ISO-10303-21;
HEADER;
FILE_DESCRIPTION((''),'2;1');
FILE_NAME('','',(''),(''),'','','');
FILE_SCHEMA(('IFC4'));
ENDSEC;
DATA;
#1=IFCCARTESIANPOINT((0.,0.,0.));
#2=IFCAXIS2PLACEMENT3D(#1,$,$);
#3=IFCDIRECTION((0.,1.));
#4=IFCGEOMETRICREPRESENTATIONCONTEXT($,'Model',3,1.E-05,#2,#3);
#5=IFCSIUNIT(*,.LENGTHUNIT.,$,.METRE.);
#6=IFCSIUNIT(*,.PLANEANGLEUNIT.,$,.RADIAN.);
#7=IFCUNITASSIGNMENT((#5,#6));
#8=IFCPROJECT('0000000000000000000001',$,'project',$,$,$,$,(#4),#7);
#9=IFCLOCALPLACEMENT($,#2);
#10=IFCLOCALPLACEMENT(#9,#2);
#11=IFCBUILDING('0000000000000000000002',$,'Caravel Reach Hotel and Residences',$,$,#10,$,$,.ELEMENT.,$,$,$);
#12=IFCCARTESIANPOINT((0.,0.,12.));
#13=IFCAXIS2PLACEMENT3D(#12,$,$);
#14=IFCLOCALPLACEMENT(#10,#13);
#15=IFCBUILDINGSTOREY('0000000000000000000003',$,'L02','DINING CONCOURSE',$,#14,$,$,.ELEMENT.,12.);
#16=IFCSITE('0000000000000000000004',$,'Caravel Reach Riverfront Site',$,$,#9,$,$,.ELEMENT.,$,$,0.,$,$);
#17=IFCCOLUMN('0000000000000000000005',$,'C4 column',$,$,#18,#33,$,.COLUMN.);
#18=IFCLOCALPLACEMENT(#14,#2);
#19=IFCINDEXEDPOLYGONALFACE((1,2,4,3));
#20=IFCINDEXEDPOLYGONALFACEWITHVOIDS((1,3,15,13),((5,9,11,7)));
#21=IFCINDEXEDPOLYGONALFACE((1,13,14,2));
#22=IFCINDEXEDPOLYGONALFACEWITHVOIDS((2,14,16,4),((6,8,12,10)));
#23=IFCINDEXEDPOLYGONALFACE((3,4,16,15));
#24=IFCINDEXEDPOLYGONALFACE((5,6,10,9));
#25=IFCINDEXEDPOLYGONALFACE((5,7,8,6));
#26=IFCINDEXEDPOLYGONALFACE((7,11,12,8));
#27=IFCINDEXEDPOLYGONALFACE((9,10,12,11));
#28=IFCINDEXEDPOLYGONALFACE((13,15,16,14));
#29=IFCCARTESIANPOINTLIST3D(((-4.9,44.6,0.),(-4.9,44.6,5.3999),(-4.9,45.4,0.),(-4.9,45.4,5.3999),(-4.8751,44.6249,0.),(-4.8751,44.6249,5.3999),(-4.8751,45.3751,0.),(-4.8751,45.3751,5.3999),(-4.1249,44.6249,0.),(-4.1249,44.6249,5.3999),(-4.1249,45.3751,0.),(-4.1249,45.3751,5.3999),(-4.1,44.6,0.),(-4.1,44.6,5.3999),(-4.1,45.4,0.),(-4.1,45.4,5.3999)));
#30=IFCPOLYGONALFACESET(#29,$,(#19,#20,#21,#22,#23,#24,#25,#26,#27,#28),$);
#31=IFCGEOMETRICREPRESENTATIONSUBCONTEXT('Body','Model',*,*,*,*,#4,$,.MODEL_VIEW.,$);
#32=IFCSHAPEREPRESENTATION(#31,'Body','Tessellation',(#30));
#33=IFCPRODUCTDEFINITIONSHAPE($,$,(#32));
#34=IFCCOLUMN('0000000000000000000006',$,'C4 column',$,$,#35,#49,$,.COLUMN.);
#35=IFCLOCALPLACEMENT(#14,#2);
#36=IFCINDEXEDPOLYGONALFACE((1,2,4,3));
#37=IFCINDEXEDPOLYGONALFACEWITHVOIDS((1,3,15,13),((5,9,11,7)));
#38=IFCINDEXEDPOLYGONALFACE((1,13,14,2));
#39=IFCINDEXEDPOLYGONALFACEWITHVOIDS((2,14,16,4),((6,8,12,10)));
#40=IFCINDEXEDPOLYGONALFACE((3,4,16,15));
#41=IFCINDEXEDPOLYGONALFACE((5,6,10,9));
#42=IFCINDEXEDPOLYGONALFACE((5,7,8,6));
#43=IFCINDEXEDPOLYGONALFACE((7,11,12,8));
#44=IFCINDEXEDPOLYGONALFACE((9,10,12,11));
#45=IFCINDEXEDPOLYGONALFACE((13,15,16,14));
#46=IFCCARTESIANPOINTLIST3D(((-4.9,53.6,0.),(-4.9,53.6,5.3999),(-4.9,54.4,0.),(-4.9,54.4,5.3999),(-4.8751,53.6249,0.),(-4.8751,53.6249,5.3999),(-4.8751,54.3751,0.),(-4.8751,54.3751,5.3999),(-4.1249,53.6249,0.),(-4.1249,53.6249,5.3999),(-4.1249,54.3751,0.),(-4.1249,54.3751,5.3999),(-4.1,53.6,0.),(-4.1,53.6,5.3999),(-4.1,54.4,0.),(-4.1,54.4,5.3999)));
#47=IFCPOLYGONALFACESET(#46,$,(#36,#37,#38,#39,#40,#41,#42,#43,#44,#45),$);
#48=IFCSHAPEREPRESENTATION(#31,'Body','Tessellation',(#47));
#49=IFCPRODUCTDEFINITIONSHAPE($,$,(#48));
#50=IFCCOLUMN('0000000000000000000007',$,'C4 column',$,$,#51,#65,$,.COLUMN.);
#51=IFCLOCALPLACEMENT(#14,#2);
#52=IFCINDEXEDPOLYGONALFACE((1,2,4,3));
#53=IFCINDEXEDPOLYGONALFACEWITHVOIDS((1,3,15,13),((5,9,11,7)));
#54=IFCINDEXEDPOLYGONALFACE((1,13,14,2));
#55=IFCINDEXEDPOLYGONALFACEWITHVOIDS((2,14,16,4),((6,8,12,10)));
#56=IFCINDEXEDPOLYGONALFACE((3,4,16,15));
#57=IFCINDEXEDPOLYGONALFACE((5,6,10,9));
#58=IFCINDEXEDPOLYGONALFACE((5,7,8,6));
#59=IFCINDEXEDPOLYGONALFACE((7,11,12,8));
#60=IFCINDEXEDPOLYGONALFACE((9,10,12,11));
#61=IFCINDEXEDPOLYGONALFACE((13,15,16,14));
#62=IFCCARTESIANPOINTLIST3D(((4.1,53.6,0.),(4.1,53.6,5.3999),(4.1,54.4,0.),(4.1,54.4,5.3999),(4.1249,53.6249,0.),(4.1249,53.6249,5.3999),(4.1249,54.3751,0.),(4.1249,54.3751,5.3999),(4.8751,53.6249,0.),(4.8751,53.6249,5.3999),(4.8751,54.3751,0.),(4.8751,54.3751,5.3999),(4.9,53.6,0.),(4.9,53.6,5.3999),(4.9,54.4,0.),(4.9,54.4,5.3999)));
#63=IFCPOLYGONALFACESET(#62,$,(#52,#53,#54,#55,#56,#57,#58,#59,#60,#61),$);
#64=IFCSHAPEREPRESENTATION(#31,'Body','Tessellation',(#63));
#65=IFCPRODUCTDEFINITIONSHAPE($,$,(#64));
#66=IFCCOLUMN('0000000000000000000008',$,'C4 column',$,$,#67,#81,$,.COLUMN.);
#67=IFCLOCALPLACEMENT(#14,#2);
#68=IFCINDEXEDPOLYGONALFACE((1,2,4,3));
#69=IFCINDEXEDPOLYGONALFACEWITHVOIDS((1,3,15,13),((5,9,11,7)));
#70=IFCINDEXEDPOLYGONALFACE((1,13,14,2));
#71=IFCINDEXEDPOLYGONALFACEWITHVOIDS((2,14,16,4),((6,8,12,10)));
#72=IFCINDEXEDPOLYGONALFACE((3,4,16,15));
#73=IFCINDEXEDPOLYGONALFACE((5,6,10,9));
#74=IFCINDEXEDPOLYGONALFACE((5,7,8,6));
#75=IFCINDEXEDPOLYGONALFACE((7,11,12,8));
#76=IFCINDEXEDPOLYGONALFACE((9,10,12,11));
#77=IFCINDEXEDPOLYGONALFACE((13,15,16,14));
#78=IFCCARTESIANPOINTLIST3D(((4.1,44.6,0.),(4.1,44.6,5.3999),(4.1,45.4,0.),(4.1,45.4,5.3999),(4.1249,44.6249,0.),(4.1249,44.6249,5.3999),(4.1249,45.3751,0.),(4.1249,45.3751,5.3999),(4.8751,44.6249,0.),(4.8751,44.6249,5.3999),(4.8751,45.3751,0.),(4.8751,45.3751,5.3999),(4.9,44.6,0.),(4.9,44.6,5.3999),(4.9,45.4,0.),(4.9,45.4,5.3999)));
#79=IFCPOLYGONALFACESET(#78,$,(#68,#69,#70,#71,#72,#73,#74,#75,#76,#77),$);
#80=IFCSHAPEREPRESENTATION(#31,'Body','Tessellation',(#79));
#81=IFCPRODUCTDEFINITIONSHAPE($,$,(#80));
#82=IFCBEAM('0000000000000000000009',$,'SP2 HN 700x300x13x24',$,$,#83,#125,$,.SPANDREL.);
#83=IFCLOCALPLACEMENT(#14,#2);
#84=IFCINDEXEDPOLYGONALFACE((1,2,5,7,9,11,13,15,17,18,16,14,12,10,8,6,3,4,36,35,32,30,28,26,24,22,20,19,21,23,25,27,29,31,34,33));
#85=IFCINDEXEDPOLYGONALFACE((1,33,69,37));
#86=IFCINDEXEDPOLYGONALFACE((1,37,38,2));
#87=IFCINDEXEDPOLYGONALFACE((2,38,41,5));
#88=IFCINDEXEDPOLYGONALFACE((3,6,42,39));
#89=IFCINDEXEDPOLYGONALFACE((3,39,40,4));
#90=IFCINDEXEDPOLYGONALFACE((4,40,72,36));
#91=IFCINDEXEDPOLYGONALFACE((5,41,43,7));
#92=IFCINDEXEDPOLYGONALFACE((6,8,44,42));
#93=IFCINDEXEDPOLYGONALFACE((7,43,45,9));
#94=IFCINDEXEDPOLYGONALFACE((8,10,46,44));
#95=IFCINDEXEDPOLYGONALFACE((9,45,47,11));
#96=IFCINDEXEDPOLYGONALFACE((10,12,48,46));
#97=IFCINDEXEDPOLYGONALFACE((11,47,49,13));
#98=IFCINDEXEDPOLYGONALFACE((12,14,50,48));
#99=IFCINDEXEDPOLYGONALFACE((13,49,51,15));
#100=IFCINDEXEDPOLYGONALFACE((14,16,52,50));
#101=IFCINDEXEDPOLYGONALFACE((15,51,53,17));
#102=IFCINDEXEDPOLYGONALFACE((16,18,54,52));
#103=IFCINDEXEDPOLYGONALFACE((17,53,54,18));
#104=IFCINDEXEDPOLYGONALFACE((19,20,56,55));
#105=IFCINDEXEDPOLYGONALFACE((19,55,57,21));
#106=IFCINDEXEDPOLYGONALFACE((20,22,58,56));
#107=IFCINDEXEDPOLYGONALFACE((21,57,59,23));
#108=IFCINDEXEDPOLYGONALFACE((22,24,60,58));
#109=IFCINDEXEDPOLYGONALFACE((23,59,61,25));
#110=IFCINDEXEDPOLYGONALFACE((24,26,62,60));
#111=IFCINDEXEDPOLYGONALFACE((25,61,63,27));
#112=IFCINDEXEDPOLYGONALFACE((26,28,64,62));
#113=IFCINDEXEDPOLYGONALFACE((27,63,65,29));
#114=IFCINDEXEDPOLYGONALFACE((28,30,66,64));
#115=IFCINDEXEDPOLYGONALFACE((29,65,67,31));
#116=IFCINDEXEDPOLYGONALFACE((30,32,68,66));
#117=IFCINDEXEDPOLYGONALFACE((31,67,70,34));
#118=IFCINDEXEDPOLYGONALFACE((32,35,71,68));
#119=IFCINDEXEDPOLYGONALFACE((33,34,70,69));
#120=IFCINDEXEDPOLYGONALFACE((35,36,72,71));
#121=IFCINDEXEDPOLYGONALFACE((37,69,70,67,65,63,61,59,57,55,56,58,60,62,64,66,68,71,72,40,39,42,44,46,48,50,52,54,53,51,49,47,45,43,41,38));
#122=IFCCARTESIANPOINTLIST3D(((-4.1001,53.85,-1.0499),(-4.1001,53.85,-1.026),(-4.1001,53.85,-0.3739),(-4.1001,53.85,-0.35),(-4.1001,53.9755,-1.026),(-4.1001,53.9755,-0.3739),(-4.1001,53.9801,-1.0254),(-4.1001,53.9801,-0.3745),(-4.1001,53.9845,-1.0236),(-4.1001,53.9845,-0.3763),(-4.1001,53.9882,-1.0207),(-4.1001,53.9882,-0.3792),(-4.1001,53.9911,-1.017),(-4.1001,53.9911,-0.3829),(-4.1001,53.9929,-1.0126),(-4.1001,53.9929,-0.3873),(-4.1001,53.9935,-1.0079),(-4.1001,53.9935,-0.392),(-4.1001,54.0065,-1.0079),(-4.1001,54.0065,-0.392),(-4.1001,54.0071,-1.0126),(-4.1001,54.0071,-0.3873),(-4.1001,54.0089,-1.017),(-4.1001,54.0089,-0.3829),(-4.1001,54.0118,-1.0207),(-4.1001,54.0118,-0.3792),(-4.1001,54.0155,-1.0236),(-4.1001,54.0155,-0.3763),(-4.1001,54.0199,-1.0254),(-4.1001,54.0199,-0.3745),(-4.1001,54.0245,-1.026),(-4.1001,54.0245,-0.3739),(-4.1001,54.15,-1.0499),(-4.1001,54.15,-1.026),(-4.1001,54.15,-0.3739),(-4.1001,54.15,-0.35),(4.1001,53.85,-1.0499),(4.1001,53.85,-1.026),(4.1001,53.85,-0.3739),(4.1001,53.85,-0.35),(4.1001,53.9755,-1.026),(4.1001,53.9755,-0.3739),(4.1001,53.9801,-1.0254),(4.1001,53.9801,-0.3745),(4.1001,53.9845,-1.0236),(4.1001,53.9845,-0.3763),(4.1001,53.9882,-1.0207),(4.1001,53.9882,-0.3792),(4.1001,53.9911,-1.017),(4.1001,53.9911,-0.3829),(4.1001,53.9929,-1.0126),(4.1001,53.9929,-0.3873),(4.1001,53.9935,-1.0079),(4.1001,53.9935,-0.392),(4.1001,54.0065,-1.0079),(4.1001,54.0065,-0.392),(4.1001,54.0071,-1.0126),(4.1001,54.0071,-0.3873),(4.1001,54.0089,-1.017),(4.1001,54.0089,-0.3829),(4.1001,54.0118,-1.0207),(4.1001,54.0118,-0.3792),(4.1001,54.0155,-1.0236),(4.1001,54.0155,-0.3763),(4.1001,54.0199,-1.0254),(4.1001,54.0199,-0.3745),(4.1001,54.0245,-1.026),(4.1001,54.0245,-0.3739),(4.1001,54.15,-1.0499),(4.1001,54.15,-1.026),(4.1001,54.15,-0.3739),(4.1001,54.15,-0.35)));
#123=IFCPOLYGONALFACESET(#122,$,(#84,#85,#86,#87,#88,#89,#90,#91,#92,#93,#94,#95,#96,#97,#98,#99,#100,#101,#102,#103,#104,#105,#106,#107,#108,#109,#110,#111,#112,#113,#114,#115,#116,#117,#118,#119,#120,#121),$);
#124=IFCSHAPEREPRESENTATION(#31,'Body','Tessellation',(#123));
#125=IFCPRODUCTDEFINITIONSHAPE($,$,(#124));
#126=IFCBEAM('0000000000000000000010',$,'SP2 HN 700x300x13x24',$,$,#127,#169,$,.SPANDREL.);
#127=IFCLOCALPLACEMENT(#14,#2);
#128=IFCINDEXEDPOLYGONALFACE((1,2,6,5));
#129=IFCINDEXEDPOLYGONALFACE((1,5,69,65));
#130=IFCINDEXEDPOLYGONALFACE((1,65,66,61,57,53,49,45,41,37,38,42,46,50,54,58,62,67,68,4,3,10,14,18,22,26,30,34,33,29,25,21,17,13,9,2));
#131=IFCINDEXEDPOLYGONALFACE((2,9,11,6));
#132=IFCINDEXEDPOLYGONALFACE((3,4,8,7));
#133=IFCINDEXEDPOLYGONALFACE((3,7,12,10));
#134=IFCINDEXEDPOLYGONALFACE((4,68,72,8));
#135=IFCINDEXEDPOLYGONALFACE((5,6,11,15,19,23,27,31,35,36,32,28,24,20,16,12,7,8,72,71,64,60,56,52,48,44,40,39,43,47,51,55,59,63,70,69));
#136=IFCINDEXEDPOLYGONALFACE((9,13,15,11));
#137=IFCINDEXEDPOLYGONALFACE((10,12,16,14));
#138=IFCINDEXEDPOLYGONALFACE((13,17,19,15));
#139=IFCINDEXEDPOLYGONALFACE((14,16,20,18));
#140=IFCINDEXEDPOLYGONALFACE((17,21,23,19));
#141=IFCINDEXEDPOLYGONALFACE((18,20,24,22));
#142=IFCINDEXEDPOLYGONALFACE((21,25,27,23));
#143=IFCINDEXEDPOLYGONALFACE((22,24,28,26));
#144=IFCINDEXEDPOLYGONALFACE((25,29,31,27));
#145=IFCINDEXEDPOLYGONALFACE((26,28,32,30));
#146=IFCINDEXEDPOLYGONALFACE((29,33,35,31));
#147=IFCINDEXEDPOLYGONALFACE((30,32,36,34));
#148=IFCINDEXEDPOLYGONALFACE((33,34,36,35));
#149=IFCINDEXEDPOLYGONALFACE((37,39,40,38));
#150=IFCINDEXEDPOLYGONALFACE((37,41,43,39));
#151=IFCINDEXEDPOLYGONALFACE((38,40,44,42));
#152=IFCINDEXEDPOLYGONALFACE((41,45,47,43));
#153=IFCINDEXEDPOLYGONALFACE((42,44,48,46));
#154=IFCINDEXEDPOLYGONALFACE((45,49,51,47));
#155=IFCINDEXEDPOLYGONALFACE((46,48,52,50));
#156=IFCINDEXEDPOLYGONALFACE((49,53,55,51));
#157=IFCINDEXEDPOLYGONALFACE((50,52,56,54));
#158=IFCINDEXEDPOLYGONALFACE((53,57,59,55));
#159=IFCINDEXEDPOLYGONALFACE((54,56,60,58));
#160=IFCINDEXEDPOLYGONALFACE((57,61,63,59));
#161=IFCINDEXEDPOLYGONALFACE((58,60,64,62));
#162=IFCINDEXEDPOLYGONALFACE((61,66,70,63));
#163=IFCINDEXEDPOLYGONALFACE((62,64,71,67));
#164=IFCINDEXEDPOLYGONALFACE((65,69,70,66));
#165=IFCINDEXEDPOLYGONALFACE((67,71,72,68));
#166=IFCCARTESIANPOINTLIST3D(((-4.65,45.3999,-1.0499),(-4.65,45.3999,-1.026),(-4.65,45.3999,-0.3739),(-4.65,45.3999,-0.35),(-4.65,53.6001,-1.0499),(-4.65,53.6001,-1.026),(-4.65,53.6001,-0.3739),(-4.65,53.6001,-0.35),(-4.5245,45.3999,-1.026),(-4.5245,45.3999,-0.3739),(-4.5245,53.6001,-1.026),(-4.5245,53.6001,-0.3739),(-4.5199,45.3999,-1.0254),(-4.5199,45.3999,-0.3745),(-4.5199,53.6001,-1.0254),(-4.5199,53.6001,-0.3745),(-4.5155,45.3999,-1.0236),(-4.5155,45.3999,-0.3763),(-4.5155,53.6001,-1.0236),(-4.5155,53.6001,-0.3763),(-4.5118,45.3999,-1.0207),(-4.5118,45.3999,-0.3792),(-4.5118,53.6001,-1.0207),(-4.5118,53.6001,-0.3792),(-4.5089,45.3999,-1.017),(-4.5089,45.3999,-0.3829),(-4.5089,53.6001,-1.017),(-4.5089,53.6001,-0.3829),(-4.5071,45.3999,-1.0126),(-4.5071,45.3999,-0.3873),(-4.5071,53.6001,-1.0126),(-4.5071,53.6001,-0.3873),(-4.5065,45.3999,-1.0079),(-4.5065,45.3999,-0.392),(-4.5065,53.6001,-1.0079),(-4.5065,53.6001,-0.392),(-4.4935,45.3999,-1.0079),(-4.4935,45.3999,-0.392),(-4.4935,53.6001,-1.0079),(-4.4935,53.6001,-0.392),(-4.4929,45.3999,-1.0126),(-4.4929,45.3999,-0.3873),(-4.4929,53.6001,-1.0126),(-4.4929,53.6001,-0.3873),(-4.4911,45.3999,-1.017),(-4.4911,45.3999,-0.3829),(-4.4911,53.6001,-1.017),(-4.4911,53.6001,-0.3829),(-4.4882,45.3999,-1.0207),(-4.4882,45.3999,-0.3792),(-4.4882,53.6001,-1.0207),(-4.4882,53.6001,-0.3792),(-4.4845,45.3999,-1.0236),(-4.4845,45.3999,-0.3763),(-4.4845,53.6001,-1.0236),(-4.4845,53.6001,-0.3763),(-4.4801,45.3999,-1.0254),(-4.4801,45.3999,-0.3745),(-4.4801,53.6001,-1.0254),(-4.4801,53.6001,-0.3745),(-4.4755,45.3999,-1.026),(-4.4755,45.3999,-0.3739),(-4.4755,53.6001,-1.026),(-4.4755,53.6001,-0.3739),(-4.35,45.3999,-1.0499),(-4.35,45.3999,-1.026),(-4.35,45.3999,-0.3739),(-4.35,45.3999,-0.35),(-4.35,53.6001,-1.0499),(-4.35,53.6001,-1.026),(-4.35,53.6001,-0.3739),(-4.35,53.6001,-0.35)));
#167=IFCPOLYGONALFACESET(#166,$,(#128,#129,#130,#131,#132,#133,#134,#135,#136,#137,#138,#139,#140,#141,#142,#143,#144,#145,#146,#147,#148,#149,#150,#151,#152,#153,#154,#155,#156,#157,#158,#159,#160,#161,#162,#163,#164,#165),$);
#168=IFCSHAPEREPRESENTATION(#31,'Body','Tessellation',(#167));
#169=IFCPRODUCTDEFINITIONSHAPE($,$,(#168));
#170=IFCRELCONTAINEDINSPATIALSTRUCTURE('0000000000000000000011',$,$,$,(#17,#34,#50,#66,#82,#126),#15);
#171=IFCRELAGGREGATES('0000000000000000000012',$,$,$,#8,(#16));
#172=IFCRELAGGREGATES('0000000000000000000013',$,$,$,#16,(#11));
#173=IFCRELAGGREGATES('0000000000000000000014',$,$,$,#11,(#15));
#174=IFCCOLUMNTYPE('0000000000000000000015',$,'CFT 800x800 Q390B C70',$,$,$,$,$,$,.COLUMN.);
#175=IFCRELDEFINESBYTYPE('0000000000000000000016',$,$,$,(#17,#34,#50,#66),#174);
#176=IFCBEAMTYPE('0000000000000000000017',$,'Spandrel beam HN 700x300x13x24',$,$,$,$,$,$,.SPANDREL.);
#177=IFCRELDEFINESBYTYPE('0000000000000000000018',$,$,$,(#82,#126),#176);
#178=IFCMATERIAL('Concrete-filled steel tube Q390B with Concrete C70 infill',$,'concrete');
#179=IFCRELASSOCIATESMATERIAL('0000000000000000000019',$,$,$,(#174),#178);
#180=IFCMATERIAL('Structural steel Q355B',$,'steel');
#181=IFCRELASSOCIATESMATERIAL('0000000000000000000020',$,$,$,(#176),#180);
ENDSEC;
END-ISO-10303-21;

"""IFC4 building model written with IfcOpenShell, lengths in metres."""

from ifc_helpers import new_model, si_unit, direction, frame, origin, origin_2d, place, context, subcontext, project, spatial, hollow_rectangle, i_section, extrude, material, material_profile, profile_set, type_object, element, save


model = new_model("IFC4")

# Units and contexts
model_context = context("Model", 3, precision=1e-05, world=origin(), true_north=direction((0.0, 1.0)))
body_context = subcontext(model_context, "Body", "Model", "MODEL_VIEW")
ifc_project = project(units=[si_unit("LENGTHUNIT", "METRE"), si_unit("PLANEANGLEUNIT", "RADIAN")], contexts=[model_context])

# Site, building, storey
site_placement = place(None, origin())
site = spatial("IfcSite", under=ifc_project, at=site_placement, Name="Caravel Reach Riverfront Site", CompositionType="ELEMENT", RefElevation=0.0)
building_placement = place(site_placement, origin())
building = spatial("IfcBuilding", under=site, at=building_placement, Name="Caravel Reach Hotel and Residences", CompositionType="ELEMENT")
storey_placement = place(building_placement, frame((0.0, 0.0, 12.0)))
storey = spatial("IfcBuildingStorey", under=building, at=storey_placement, Name="L02", Description="DINING CONCOURSE", CompositionType="ELEMENT", Elevation=12.0)

# Columns
ifc_material_1 = material(Name="Concrete-filled steel tube Q390B with Concrete C70 infill", Category="concrete")
ifc_material_profile_1 = material_profile(ifc_material_1, hollow_rectangle(XDim=0.8, YDim=0.8, WallThickness=0.0249, at=origin_2d()), Name="RHS 800x800x25")
ifc_profile_set_1 = profile_set([ifc_material_profile_1], Name="Concrete-filled steel tube Q390B with Concrete C70 infill")
column_type = type_object("IfcColumnType", Name="CFT 800x800 Q390B C70", PredefinedType="COLUMN", material=ifc_profile_set_1)
for number, where, z_axis, x_axis, name in (
    (1, (-4.5, 45.0, 0.0), (0.0, 0.0, 1.0), (1.0, 0.0, 0.0), "C4 column"),
    (2, (-4.5, 54.0, 0.0), (0.0, 0.0, 1.0), (1.0, 0.0, 0.0), "C4 column"),
    (3, (4.5, 54.0, 0.0), (0.0, 0.0, 1.0), (1.0, 0.0, 0.0), "C4 column"),
    (4, (4.5, 45.0, 0.0), (0.0, 0.0, 1.0), (1.0, 0.0, 0.0), "C4 column"),
):
    element("IfcColumn", number, at=place(storey_placement, frame(where, z_axis=z_axis, x_axis=x_axis)), inside=storey, type_object=column_type, Name=name, PredefinedType="COLUMN", context=body_context, shape_type="SweptSolid", body=[
        extrude(hollow_rectangle(XDim=0.8, YDim=0.8, WallThickness=0.0249, at=origin_2d()), origin(), (0.0, 0.0, 1.0), 5.3999),
    ])

# Beams
ifc_material_2 = material(Name="Structural steel Q355B", Category="steel")
ifc_material_profile_2 = material_profile(ifc_material_2, i_section(OverallWidth=0.3, OverallDepth=0.7, WebThickness=0.0129, FlangeThickness=0.0239, FilletRadius=0.0181, at=origin_2d()), Name="HN 700x300x13x24")
ifc_profile_set_2 = profile_set([ifc_material_profile_2], Name="Structural steel Q355B")
beam_type = type_object("IfcBeamType", Name="Spandrel beam HN 700x300x13x24", PredefinedType="SPANDREL", material=ifc_profile_set_2)
for number, where, z_axis, x_axis, name in (
    (5, (4.1001, 54.0, -0.7), (-1.0, 0.0, 0.0), (0.0, -1.0, 0.0), "SP2 HN 700x300x13x24"),
    (6, (-4.5, 53.6001, -0.7), (0.0, -1.0, 0.0), (1.0, 0.0, 0.0), "SP2 HN 700x300x13x24"),
):
    element("IfcBeam", number, at=place(storey_placement, frame(where, z_axis=z_axis, x_axis=x_axis)), inside=storey, type_object=beam_type, Name=name, PredefinedType="SPANDREL", context=body_context, shape_type="SweptSolid", body=[
        extrude(i_section(OverallWidth=0.3, OverallDepth=0.7, WebThickness=0.0129, FlangeThickness=0.0239, FilletRadius=0.0181, at=origin_2d()), origin(), (0.0, 0.0, 1.0), 8.2002),
    ])

save(model, "model.ifc")
